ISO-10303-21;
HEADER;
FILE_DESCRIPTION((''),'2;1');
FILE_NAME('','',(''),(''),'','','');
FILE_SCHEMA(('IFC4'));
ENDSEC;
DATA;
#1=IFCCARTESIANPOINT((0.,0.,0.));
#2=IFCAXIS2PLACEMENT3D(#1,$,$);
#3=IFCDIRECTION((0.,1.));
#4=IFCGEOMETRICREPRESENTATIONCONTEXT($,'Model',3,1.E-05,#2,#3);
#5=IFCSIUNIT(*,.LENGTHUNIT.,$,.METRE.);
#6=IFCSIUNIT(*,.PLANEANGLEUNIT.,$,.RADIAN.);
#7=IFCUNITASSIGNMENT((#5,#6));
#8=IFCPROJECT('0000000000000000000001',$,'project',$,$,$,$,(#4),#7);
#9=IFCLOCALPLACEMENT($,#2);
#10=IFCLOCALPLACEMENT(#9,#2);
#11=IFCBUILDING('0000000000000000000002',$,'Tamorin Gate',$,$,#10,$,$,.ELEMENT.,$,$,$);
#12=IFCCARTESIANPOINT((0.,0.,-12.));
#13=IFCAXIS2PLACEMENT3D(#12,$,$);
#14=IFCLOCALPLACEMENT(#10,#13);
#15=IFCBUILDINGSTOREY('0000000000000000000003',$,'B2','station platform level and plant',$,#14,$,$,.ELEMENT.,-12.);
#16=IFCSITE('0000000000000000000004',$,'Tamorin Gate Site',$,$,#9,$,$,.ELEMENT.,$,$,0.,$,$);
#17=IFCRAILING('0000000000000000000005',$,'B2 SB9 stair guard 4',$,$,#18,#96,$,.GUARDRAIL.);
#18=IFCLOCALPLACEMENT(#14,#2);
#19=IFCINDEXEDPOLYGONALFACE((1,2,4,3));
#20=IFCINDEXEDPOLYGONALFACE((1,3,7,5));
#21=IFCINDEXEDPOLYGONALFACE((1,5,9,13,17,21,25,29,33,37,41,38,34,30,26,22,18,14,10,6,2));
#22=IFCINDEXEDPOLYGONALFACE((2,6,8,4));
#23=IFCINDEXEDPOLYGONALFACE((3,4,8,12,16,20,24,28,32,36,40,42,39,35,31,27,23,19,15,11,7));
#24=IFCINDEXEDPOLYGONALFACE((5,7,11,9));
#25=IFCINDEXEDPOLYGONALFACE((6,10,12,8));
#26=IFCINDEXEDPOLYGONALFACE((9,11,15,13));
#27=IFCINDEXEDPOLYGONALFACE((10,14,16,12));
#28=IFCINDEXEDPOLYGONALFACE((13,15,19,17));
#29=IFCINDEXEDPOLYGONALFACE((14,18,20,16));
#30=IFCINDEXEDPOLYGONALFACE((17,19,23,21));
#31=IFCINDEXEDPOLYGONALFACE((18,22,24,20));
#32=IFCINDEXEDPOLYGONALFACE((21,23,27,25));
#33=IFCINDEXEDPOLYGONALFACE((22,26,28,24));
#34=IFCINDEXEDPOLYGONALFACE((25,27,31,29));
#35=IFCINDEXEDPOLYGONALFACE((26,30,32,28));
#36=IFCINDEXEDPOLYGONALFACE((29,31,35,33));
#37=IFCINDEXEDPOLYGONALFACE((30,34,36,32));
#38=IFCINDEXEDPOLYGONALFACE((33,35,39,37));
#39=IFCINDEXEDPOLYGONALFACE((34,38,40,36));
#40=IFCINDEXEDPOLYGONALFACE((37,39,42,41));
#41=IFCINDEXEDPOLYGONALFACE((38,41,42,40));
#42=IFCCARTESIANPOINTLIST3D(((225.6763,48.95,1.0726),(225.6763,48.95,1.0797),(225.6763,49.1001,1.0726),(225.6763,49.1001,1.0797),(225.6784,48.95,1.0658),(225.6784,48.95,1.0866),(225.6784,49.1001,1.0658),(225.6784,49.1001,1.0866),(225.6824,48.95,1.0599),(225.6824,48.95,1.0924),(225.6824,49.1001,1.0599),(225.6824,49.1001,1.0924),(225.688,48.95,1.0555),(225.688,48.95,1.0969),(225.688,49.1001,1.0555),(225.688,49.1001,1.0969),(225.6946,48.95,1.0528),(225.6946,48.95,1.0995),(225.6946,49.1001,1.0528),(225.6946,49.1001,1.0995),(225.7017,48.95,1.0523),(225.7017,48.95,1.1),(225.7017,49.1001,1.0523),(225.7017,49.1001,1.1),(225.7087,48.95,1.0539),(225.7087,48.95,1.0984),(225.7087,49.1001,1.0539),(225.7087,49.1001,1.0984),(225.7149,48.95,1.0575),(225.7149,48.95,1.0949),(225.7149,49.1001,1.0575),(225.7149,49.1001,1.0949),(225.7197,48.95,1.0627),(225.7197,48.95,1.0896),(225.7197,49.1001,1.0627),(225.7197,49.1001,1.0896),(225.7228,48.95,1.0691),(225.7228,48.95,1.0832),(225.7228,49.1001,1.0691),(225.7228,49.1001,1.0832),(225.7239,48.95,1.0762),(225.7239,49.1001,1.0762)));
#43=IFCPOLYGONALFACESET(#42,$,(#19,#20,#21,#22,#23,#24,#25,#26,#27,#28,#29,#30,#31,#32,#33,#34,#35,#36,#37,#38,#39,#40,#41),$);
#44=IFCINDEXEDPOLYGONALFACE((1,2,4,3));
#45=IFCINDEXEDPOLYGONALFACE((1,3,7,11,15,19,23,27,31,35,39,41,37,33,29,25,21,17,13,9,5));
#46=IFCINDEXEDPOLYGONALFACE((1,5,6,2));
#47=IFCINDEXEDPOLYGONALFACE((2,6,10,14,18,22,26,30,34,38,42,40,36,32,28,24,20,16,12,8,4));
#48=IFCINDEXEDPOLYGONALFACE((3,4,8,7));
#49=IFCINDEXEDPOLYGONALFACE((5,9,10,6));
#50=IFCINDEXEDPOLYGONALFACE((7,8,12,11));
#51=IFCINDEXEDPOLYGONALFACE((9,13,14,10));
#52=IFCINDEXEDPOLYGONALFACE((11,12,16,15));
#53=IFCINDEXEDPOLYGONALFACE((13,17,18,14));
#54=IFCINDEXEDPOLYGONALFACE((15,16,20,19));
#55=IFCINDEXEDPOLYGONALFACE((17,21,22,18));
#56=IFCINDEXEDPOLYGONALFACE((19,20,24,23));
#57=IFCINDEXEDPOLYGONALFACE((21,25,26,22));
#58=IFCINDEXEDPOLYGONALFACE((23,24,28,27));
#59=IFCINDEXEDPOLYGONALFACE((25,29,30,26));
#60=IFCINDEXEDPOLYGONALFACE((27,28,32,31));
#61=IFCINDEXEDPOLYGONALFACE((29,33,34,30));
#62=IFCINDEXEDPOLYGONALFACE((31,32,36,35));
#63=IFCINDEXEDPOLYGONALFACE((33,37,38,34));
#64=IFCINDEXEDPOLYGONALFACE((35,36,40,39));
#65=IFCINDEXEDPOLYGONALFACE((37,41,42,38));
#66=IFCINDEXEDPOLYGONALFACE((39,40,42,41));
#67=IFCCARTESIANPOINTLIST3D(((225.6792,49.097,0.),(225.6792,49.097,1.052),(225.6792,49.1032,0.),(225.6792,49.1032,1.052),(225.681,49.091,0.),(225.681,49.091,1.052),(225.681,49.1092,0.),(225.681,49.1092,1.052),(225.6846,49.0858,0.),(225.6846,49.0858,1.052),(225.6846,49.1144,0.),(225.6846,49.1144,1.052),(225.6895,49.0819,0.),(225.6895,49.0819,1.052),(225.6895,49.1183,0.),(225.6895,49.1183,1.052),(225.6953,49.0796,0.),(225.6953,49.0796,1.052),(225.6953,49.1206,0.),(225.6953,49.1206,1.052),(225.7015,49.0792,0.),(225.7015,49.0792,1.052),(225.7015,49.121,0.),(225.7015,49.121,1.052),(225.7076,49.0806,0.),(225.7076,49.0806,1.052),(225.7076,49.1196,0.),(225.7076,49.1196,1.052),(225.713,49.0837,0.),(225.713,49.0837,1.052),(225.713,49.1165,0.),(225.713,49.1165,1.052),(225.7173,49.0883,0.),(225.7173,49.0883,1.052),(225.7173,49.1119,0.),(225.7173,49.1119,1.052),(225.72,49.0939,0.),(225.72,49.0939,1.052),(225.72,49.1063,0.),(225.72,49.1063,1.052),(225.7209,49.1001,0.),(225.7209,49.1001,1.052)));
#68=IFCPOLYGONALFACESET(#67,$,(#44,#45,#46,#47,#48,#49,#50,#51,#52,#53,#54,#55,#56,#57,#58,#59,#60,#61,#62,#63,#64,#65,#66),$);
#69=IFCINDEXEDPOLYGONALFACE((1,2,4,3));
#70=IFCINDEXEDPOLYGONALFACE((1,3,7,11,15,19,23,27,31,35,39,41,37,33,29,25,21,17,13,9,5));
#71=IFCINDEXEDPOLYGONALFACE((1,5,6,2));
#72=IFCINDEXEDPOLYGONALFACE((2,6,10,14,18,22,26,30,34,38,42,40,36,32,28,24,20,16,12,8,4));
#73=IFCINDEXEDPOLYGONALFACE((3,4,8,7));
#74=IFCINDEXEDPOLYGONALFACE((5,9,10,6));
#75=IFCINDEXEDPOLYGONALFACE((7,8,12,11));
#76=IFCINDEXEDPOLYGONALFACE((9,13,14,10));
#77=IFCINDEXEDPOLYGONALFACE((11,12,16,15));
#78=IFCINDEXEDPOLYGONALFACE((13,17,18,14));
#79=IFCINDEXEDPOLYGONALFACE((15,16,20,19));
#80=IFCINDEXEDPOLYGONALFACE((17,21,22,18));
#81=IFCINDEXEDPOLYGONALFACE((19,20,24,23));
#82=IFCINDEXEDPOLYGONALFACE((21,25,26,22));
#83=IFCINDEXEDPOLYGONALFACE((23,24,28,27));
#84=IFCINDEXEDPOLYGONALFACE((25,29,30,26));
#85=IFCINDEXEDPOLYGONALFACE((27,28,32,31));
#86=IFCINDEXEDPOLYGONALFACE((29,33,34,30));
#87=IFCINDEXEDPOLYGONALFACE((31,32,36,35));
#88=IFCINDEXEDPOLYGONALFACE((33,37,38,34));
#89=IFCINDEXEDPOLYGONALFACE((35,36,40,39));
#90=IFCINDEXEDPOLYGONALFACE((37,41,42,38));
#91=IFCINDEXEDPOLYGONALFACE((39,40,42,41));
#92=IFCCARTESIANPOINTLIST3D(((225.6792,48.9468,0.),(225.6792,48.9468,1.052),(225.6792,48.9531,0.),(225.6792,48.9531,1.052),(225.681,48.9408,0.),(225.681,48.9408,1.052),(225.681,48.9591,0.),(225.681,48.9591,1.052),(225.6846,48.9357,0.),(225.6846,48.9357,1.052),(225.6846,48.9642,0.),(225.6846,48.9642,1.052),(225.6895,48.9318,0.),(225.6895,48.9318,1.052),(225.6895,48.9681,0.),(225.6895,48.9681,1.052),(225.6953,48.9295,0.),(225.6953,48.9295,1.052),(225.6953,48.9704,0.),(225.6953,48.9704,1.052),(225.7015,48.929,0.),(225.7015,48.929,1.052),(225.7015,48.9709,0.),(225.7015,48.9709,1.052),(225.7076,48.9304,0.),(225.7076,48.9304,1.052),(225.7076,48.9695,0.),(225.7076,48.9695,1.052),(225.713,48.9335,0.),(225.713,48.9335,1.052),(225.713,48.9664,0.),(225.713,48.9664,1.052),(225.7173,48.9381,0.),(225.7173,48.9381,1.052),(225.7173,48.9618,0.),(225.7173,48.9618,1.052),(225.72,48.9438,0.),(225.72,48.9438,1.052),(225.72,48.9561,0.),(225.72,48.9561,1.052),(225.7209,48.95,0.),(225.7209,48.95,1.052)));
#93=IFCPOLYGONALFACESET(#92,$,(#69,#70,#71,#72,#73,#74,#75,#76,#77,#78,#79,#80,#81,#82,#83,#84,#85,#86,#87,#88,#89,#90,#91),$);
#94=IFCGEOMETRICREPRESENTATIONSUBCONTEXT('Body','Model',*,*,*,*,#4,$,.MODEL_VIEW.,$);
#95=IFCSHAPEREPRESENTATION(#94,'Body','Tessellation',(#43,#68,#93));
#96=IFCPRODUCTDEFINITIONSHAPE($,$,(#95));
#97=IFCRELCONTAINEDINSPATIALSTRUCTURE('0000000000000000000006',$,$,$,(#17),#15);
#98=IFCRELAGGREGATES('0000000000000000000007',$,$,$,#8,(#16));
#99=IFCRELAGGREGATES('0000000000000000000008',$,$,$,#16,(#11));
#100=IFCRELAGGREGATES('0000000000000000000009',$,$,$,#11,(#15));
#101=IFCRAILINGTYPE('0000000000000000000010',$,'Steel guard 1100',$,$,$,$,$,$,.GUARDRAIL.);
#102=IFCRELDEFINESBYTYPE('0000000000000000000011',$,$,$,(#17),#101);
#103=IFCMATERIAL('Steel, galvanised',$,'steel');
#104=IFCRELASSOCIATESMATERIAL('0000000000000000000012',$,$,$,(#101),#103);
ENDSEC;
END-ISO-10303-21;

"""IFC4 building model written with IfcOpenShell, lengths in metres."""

from ifc_helpers import new_model, si_unit, direction, frame, origin, origin_2d, place, context, subcontext, project, spatial, circle, extrude, material, type_object, element, save


model = new_model("IFC4")

# Units and contexts
model_context = context("Model", 3, precision=1e-05, world=origin(), true_north=direction((0.0, 1.0)))
body_context = subcontext(model_context, "Body", "Model", "MODEL_VIEW")
ifc_project = project(units=[si_unit("LENGTHUNIT", "METRE"), si_unit("PLANEANGLEUNIT", "RADIAN")], contexts=[model_context])

# Site, building, storey
site_placement = place(None, origin())
site = spatial("IfcSite", under=ifc_project, at=site_placement, Name="Tamorin Gate Site", CompositionType="ELEMENT", RefElevation=0.0)
building_placement = place(site_placement, origin())
building = spatial("IfcBuilding", under=site, at=building_placement, Name="Tamorin Gate", CompositionType="ELEMENT")
storey_placement = place(building_placement, frame((0.0, 0.0, -12.0)))
storey = spatial("IfcBuildingStorey", under=building, at=storey_placement, Name="B2", Description="station platform level and plant", CompositionType="ELEMENT", Elevation=-12.0)

# Railing
ifc_material_1 = material(Name="Steel, galvanised", Category="steel")
railing_type_1 = type_object("IfcRailingType", Name="Steel guard 1100", PredefinedType="GUARDRAIL", material=ifc_material_1)
railing_1_placement = place(storey_placement, frame((225.7, 49.1001, 0.0)))
element("IfcRailing", 1, at=railing_1_placement, inside=storey, type_object=railing_type_1, Name="B2 SB9 stair guard 4", PredefinedType="GUARDRAIL", context=body_context, shape_type="SweptSolid", body=[
    extrude(circle(Radius=0.0239, at=origin_2d()), frame((0.0, 0.0, 1.0762), z_axis=(0.0, -1.0, 0.0), x_axis=(1.0, 0.0, 0.0)), (0.0, 0.0, 1.0), 0.1501),
    extrude(circle(Radius=0.021, at=origin_2d()), origin(), (0.0, 0.0, 1.0), 1.052),
    extrude(circle(Radius=0.021, at=origin_2d()), frame((0.0, -0.1501, 0.0)), (0.0, 0.0, 1.0), 1.052),
])

save(model, "model.ifc")
